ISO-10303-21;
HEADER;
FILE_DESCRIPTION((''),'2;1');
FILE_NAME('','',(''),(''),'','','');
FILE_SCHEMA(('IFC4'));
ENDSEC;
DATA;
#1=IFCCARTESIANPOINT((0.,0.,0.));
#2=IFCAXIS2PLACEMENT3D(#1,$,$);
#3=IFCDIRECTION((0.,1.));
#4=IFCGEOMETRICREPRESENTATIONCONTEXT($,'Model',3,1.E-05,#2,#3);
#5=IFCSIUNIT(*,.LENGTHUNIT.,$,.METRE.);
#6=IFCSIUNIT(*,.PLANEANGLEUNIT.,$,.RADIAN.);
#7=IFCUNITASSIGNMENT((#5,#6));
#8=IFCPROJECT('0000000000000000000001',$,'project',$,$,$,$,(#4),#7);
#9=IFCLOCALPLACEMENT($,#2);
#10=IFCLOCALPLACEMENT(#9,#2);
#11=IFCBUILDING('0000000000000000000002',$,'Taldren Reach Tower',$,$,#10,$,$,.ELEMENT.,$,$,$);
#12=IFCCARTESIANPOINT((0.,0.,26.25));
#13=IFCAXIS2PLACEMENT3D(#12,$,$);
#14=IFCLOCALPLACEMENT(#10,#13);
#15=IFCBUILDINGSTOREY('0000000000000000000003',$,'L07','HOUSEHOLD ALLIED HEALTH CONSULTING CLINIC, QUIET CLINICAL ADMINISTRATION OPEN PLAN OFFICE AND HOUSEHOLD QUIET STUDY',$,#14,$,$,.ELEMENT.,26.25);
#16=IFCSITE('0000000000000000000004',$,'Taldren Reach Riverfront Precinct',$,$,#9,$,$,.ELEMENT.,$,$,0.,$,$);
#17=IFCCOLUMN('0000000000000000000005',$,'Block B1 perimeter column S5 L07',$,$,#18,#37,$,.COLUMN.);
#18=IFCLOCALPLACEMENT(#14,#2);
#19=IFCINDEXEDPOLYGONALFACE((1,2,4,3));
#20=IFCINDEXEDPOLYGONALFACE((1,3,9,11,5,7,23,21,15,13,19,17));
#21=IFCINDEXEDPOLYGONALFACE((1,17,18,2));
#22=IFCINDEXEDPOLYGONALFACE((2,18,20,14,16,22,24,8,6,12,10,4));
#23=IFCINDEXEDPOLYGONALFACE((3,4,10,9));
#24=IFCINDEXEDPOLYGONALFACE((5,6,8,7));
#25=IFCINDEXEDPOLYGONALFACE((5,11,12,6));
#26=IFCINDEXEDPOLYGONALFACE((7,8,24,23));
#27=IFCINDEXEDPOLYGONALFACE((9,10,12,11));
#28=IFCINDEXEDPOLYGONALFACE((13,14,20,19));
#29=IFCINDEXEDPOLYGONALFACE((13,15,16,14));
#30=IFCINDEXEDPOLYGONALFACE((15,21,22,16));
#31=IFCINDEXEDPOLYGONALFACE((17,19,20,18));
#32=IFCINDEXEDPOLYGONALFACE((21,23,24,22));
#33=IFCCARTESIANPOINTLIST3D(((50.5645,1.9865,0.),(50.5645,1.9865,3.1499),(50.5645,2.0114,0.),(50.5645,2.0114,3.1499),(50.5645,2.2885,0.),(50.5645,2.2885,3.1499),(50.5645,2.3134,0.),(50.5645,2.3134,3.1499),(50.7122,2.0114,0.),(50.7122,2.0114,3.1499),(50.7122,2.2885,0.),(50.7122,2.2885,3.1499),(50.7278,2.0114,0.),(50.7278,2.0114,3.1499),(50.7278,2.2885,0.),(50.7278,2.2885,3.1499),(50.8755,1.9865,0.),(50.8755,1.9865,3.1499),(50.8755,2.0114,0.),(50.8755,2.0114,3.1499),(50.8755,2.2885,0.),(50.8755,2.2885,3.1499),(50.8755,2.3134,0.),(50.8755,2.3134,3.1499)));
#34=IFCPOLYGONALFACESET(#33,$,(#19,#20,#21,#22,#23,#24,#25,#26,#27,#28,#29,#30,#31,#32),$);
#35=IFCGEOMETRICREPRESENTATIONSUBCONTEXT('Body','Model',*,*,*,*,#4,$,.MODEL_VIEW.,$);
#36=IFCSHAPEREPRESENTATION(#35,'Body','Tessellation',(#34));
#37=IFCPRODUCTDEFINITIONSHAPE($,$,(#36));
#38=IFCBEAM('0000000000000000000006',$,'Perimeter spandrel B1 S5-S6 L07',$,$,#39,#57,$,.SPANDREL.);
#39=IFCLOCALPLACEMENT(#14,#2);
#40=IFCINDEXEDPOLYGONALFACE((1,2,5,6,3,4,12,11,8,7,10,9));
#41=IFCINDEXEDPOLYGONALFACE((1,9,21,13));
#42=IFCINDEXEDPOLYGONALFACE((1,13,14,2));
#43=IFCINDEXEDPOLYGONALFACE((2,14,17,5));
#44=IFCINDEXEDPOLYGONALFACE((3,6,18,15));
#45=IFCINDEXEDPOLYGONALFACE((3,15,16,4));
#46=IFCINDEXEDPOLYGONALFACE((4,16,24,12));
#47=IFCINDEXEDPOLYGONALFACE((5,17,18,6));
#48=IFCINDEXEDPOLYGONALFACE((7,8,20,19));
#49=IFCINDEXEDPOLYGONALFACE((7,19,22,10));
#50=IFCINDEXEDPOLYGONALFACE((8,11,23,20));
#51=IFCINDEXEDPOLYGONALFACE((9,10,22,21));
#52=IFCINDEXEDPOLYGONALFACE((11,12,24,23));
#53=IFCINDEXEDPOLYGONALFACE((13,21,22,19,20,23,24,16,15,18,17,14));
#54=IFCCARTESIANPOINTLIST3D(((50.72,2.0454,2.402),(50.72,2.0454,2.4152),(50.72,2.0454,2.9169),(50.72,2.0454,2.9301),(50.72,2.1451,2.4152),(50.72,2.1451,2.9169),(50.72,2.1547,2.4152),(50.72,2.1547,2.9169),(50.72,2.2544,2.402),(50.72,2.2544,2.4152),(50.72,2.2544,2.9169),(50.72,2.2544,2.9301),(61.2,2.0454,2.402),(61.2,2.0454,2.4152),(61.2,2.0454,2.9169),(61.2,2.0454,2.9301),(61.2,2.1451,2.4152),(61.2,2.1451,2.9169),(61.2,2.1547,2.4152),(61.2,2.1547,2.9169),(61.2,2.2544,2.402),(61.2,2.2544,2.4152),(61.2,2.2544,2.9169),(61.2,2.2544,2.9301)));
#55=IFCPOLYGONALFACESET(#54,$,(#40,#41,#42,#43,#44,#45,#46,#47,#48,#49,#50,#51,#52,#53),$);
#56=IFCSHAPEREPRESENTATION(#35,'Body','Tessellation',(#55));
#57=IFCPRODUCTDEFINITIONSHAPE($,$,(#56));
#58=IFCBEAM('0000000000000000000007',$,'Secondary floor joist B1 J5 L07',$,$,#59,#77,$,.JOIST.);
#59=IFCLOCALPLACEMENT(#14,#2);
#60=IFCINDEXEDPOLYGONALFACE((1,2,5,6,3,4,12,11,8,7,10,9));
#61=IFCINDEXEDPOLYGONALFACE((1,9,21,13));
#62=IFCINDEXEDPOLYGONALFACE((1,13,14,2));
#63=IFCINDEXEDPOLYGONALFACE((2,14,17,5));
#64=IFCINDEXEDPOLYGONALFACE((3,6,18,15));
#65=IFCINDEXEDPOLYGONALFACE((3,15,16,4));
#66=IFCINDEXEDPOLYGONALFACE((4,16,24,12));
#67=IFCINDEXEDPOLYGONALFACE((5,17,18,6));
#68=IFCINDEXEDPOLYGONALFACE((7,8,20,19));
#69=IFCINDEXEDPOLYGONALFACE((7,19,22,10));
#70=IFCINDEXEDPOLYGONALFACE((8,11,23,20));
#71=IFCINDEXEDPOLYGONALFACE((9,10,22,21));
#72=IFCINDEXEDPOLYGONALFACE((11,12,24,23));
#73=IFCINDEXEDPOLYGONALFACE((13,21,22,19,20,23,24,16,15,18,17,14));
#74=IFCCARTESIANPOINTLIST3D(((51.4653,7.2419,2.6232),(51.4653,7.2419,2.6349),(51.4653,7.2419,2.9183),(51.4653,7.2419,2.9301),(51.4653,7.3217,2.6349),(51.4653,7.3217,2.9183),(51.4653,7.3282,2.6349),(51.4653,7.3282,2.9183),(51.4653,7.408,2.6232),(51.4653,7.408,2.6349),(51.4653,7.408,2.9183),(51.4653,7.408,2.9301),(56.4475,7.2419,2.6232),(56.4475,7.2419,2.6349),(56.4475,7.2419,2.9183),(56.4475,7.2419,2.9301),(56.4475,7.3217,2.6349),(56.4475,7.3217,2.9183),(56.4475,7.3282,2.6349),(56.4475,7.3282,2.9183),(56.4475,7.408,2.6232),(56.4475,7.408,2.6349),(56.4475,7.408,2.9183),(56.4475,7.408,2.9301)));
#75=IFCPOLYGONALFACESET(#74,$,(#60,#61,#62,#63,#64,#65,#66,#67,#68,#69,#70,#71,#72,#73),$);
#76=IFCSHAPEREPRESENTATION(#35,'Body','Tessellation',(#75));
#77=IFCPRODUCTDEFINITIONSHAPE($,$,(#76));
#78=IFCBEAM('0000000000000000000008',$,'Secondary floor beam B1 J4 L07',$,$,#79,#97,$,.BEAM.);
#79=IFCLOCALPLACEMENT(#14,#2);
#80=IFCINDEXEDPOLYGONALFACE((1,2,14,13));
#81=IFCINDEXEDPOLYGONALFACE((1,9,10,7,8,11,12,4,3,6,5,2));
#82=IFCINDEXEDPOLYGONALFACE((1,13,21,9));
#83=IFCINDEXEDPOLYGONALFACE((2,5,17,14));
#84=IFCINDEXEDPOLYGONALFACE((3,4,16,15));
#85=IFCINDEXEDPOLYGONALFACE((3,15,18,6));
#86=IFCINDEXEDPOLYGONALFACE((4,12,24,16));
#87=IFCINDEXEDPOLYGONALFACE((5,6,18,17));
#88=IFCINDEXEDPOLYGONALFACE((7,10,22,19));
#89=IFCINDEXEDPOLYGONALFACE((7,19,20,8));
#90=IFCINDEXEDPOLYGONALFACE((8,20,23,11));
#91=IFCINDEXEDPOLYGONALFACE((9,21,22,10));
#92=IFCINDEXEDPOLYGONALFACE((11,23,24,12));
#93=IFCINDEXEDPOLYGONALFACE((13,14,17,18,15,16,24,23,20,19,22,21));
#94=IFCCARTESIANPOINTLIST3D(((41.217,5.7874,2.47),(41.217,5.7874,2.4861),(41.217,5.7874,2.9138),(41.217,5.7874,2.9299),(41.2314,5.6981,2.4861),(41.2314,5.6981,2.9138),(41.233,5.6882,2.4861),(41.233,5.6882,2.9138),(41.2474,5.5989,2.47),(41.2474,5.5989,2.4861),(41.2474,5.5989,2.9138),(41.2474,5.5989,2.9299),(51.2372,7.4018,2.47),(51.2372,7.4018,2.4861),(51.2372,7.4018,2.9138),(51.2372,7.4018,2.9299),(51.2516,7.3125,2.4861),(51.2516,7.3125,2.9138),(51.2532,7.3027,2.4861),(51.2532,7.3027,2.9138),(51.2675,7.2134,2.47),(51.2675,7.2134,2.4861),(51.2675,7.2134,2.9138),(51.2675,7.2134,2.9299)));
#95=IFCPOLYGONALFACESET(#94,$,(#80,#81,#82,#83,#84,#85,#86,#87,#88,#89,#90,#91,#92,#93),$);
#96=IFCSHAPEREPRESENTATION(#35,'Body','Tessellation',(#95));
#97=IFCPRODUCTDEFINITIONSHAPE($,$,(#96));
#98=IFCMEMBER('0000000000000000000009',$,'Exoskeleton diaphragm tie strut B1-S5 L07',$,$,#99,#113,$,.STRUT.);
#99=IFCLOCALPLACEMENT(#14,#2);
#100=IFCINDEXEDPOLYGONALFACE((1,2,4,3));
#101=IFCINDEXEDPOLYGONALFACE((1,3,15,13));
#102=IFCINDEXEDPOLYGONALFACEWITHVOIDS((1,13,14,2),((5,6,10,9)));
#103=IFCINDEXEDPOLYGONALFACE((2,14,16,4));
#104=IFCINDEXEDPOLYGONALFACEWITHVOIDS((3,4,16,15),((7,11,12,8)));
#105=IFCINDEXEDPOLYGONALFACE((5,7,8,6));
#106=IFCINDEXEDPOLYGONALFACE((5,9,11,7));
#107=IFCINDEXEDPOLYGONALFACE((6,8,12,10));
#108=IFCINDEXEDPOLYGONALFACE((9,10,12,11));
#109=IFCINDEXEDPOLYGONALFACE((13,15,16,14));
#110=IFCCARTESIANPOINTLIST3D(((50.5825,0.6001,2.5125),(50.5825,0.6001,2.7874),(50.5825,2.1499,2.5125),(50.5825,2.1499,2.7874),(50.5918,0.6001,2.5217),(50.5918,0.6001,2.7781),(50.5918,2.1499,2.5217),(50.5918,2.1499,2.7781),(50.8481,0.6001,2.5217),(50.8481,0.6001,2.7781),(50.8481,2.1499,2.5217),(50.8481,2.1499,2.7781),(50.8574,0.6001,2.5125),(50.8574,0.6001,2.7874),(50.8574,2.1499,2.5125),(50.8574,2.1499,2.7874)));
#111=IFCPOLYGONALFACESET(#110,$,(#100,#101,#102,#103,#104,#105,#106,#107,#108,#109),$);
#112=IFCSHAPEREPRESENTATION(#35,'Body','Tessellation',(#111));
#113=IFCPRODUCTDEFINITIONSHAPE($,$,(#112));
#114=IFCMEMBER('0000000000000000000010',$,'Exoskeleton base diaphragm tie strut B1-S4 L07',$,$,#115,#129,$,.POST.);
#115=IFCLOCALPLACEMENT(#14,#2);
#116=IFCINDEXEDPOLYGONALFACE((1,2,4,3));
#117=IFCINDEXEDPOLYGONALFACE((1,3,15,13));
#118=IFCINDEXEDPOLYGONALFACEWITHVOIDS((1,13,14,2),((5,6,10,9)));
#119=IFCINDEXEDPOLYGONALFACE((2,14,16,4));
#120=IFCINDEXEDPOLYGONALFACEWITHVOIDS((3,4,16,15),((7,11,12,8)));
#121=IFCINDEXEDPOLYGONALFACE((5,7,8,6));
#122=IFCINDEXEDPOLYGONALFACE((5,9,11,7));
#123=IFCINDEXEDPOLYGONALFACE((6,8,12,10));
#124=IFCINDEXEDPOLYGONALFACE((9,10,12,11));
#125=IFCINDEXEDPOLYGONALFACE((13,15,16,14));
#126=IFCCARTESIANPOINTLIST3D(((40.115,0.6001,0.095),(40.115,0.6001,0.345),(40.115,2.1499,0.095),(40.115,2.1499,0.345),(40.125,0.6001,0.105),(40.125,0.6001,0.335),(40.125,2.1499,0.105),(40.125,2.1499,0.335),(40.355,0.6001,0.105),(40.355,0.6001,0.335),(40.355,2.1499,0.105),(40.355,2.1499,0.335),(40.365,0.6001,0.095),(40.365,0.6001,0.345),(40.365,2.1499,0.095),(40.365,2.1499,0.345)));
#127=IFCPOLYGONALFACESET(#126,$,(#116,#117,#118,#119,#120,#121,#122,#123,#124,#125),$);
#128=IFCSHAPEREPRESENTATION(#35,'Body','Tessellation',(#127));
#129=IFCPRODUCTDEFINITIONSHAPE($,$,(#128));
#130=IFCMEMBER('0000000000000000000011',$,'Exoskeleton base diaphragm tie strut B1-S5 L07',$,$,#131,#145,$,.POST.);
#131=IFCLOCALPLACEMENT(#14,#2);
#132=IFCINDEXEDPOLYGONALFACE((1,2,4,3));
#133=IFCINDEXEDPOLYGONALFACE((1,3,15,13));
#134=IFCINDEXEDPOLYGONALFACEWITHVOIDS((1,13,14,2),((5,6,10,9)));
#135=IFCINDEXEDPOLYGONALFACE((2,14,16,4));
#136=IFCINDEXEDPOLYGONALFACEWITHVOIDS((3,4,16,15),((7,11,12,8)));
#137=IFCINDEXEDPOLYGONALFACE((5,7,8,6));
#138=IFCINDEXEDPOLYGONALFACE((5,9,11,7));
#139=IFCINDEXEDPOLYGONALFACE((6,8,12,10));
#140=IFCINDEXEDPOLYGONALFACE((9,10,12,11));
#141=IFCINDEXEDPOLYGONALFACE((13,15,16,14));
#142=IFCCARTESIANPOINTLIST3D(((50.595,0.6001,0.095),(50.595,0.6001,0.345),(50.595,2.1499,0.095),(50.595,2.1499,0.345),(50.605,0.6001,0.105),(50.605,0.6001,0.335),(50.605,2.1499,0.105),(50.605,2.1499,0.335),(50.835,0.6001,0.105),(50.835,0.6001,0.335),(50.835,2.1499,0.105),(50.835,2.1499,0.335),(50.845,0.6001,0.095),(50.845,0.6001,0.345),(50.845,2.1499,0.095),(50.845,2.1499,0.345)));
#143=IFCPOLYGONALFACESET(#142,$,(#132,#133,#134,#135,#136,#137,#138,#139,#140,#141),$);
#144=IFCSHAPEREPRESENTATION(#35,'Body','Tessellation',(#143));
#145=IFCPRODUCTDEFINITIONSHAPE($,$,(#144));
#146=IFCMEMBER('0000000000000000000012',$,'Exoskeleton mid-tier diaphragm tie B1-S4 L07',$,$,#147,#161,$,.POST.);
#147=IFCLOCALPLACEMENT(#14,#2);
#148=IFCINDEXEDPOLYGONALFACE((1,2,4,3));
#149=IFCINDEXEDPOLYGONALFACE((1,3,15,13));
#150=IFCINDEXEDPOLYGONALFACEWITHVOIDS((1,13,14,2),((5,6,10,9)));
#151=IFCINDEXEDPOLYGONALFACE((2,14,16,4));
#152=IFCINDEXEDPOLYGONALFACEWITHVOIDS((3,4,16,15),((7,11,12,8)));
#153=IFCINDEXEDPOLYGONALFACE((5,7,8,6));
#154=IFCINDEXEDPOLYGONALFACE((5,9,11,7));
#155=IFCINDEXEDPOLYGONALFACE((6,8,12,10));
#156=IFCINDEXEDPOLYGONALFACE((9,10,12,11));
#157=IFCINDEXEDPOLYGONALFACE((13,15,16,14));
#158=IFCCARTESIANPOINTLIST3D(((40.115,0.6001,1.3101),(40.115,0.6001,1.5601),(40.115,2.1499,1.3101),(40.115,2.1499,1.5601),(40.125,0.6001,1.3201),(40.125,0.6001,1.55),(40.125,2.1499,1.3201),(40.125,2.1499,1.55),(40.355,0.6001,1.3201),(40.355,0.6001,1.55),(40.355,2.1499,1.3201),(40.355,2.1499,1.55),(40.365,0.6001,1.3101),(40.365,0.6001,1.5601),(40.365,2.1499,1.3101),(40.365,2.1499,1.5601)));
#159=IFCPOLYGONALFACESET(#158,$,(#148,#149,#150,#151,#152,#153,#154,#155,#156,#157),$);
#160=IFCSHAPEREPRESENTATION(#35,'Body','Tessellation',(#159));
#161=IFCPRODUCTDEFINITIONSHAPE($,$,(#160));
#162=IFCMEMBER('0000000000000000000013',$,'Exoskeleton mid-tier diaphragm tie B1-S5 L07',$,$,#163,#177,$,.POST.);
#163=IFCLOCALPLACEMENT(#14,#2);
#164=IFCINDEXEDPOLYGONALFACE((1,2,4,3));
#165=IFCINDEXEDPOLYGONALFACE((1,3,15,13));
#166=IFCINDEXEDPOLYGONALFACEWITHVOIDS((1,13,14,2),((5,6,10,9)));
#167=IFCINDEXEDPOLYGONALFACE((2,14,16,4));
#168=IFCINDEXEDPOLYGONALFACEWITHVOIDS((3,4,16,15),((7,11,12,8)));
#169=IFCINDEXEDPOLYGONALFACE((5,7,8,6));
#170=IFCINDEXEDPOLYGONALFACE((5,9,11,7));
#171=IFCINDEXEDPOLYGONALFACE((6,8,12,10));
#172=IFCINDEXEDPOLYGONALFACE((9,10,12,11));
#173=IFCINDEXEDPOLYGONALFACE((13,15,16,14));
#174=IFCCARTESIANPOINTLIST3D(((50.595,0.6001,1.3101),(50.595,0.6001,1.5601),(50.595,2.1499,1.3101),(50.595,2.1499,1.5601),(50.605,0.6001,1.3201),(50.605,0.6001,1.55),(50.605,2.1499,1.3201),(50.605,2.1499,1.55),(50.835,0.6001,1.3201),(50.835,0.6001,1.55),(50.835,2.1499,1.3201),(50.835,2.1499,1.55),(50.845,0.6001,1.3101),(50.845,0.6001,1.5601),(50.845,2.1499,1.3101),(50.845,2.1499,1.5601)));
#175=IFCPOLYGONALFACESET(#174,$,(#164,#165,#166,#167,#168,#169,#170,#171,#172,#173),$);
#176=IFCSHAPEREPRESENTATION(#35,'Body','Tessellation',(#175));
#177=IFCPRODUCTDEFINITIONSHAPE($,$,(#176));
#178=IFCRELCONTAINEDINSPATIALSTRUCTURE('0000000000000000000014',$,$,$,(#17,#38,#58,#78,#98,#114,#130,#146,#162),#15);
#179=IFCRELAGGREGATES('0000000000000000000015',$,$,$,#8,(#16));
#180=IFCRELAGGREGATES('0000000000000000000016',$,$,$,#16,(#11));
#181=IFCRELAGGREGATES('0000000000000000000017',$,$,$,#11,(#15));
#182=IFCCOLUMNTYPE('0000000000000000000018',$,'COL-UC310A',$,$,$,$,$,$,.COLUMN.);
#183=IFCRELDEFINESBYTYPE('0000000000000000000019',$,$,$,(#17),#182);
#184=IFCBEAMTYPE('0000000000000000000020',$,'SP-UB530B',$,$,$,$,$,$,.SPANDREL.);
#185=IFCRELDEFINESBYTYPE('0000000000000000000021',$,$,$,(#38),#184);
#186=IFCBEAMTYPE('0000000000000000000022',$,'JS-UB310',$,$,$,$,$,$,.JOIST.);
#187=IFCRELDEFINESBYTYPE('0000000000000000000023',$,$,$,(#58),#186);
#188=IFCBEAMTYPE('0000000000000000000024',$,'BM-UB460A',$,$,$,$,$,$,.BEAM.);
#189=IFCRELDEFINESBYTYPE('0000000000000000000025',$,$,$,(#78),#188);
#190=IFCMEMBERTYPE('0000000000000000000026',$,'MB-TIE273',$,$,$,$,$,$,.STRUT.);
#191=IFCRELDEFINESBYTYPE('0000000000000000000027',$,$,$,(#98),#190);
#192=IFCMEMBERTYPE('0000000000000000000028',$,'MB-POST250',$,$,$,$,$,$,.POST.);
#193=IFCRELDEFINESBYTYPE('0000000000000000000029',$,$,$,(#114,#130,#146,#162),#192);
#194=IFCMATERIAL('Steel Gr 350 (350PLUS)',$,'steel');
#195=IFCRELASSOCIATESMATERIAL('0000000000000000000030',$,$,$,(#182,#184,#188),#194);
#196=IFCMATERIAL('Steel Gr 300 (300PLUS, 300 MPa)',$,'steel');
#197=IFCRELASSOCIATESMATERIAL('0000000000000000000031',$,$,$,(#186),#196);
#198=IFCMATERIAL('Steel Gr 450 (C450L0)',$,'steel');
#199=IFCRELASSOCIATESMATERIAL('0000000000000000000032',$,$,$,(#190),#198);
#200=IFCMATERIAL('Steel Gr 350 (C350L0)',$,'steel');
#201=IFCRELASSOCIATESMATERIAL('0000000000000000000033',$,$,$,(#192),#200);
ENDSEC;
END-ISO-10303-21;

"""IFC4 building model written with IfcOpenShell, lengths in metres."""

from ifc_helpers import new_model, si_unit, direction, frame, origin, origin_2d, place, context, subcontext, project, spatial, hollow_rectangle, i_section, extrude, source, transform, mapped, material, material_profile, profile_set, type_object, element, save


model = new_model("IFC4")

# Units and contexts
model_context = context("Model", 3, precision=1e-05, world=origin(), true_north=direction((0.0, 1.0)))
body_context = subcontext(model_context, "Body", "Model", "MODEL_VIEW")
ifc_project = project(units=[si_unit("LENGTHUNIT", "METRE"), si_unit("PLANEANGLEUNIT", "RADIAN")], contexts=[model_context])

# Site, building, storey
site_placement = place(None, origin())
site = spatial("IfcSite", under=ifc_project, at=site_placement, Name="Taldren Reach Riverfront Precinct", CompositionType="ELEMENT", RefElevation=0.0)
building_placement = place(site_placement, origin())
building = spatial("IfcBuilding", under=site, at=building_placement, Name="Taldren Reach Tower", CompositionType="ELEMENT")
storey_placement = place(building_placement, frame((0.0, 0.0, 26.25)))
storey = spatial("IfcBuildingStorey", under=building, at=storey_placement, Name="L07", Description="HOUSEHOLD ALLIED HEALTH CONSULTING CLINIC, QUIET CLINICAL ADMINISTRATION OPEN PLAN OFFICE AND HOUSEHOLD QUIET STUDY", CompositionType="ELEMENT", Elevation=26.25)

# Column
ifc_material_1 = material(Name="Steel Gr 350 (350PLUS)", Category="steel")
ifc_material_profile_1 = material_profile(ifc_material_1, i_section(OverallWidth=0.311, OverallDepth=0.3269, WebThickness=0.0156, FlangeThickness=0.0249, at=origin_2d()), Name="310UC158")
ifc_profile_set_1 = profile_set([ifc_material_profile_1], Name="Steel Gr 350 (350PLUS)")
column_type = type_object("IfcColumnType", Name="COL-UC310A", PredefinedType="COLUMN", material=ifc_profile_set_1)
shared_shape_1 = source(origin(), body_context, "Body", "SweptSolid", [
    extrude(i_section(OverallWidth=0.311, OverallDepth=0.3269, WebThickness=0.0156, FlangeThickness=0.0249, at=origin_2d()), origin(), (0.0, 0.0, 1.0), 3.1499),
])
column_placement = place(storey_placement, frame((50.72, 2.1499, 0.0), z_axis=(0.0, 0.0, 1.0), x_axis=(1.0, 0.0, 0.0)))
element("IfcColumn", 1, at=column_placement, inside=storey, type_object=column_type, Name="Block B1 perimeter column S5 L07", PredefinedType="COLUMN", context=body_context, shape_type="MappedRepresentation", body=[
    mapped(shared_shape_1, transform((0.0, 0.0, 0.0), scale=1.0)),
])

# Beams
ifc_material_profile_2 = material_profile(ifc_material_1, i_section(OverallWidth=0.209, OverallDepth=0.5281, WebThickness=0.0095, FlangeThickness=0.0132, at=origin_2d()), Name="530UB82.0")
ifc_profile_set_2 = profile_set([ifc_material_profile_2], Name="Steel Gr 350 (350PLUS)")
beam_type_1 = type_object("IfcBeamType", Name="SP-UB530B", PredefinedType="SPANDREL", material=ifc_profile_set_2)
shared_shape_2 = source(origin(), body_context, "Body", "SweptSolid", [
    extrude(i_section(OverallWidth=0.209, OverallDepth=0.5281, WebThickness=0.0095, FlangeThickness=0.0132, at=origin_2d()), origin(), (0.0, 0.0, 1.0), 10.48),
])
beam_1_placement = place(storey_placement, frame((50.72, 2.1499, 2.666), z_axis=(1.0, 0.0, 0.0), x_axis=(0.0, 1.0, 0.0)))
element("IfcBeam", 2, at=beam_1_placement, inside=storey, type_object=beam_type_1, Name="Perimeter spandrel B1 S5-S6 L07", PredefinedType="SPANDREL", context=body_context, shape_type="MappedRepresentation", body=[
    mapped(shared_shape_2, transform((0.0, 0.0, 0.0), scale=1.0)),
])
ifc_material_2 = material(Name="Steel Gr 300 (300PLUS, 300 MPa)", Category="steel")
ifc_material_profile_3 = material_profile(ifc_material_2, i_section(OverallWidth=0.166, OverallDepth=0.3069, WebThickness=0.0066, FlangeThickness=0.0117, at=origin_2d()), Name="310UB46.2")
ifc_profile_set_3 = profile_set([ifc_material_profile_3], Name="Steel Gr 300 (300PLUS, 300 MPa)")
beam_type_2 = type_object("IfcBeamType", Name="JS-UB310", PredefinedType="JOIST", material=ifc_profile_set_3)
shared_shape_3 = source(origin(), body_context, "Body", "SweptSolid", [
    extrude(i_section(OverallWidth=0.166, OverallDepth=0.3069, WebThickness=0.0066, FlangeThickness=0.0117, at=origin_2d()), origin(), (0.0, 0.0, 1.0), 4.9822),
])
beam_2_placement = place(storey_placement, frame((51.4653, 7.325, 2.7766), z_axis=(1.0, 0.0, 0.0), x_axis=(0.0, 1.0, 0.0)))
element("IfcBeam", 3, at=beam_2_placement, inside=storey, type_object=beam_type_2, Name="Secondary floor joist B1 J5 L07", PredefinedType="JOIST", context=body_context, shape_type="MappedRepresentation", body=[
    mapped(shared_shape_3, transform((0.0, 0.0, 0.0), scale=1.0)),
])
ifc_material_profile_4 = material_profile(ifc_material_1, i_section(OverallWidth=0.1909, OverallDepth=0.46, WebThickness=0.01, FlangeThickness=0.0161, at=origin_2d()), Name="460UB82.1")
ifc_profile_set_4 = profile_set([ifc_material_profile_4], Name="Steel Gr 350 (350PLUS)")
beam_type_3 = type_object("IfcBeamType", Name="BM-UB460A", PredefinedType="BEAM", material=ifc_profile_set_4)
shared_shape_4 = source(origin(), body_context, "Body", "SweptSolid", [
    extrude(i_section(OverallWidth=0.1909, OverallDepth=0.46, WebThickness=0.01, FlangeThickness=0.0161, at=origin_2d()), origin(), (0.0, 0.0, 1.0), 10.1494),
])
beam_3_placement = place(storey_placement, frame((41.2322, 5.6931, 2.7), z_axis=(0.987267, 0.159072, 0.0), x_axis=(-0.159072, 0.987267, 0.0)))
element("IfcBeam", 4, at=beam_3_placement, inside=storey, type_object=beam_type_3, Name="Secondary floor beam B1 J4 L07", PredefinedType="BEAM", context=body_context, shape_type="MappedRepresentation", body=[
    mapped(shared_shape_4, transform((0.0, 0.0, 0.0), scale=1.0)),
])

# Members
ifc_material_3 = material(Name="Steel Gr 450 (C450L0)", Category="steel")
ifc_material_profile_5 = material_profile(ifc_material_3, hollow_rectangle(XDim=0.2749, YDim=0.2749, WallThickness=0.0093, at=origin_2d()), Name="275x275x9.3SHS")
ifc_profile_set_5 = profile_set([ifc_material_profile_5], Name="Steel Gr 450 (C450L0)")
member_type_1 = type_object("IfcMemberType", Name="MB-TIE273", PredefinedType="STRUT", material=ifc_profile_set_5)
shared_shape_5 = source(origin(), body_context, "Body", "SweptSolid", [
    extrude(hollow_rectangle(XDim=0.2749, YDim=0.2749, WallThickness=0.0093, at=origin_2d()), origin(), (0.0, 0.0, 1.0), 1.5498),
])
member_placement = place(storey_placement, frame((50.72, 2.1499, 2.6499), z_axis=(0.0, -1.0, 0.0), x_axis=(1.0, 0.0, 0.0)))
element("IfcMember", 5, at=member_placement, inside=storey, type_object=member_type_1, Name="Exoskeleton diaphragm tie strut B1-S5 L07", PredefinedType="STRUT", context=body_context, shape_type="MappedRepresentation", body=[
    mapped(shared_shape_5, transform((0.0, 0.0, 0.0), scale=1.0)),
])
ifc_material_4 = material(Name="Steel Gr 350 (C350L0)", Category="steel")
ifc_material_profile_6 = material_profile(ifc_material_4, hollow_rectangle(XDim=0.25, YDim=0.25, WallThickness=0.01, at=origin_2d()), Name="250x250x10.0SHS")
ifc_profile_set_6 = profile_set([ifc_material_profile_6], Name="Steel Gr 350 (C350L0)")
member_type_2 = type_object("IfcMemberType", Name="MB-POST250", PredefinedType="POST", material=ifc_profile_set_6)
shared_shape_6 = source(origin(), body_context, "Body", "SweptSolid", [
    extrude(hollow_rectangle(XDim=0.25, YDim=0.25, WallThickness=0.01, at=origin_2d()), origin(), (0.0, 0.0, 1.0), 1.5498),
])
for number, where, z_axis, x_axis, name in (
    (6, (40.24, 2.1499, 0.22), (0.0, -1.0, 0.0), (1.0, 0.0, 0.0), "Exoskeleton base diaphragm tie strut B1-S4 L07"),
    (7, (50.72, 2.1499, 0.22), (0.0, -1.0, 0.0), (1.0, 0.0, 0.0), "Exoskeleton base diaphragm tie strut B1-S5 L07"),
    (8, (40.24, 2.1499, 1.4351), (0.0, -1.0, 0.0), (1.0, 0.0, 0.0), "Exoskeleton mid-tier diaphragm tie B1-S4 L07"),
    (9, (50.72, 2.1499, 1.4351), (0.0, -1.0, 0.0), (1.0, 0.0, 0.0), "Exoskeleton mid-tier diaphragm tie B1-S5 L07"),
):
    element("IfcMember", number, at=place(storey_placement, frame(where, z_axis=z_axis, x_axis=x_axis)), inside=storey, type_object=member_type_2, Name=name, PredefinedType="POST", context=body_context, shape_type="MappedRepresentation", body=[
        mapped(shared_shape_6, transform((0.0, 0.0, 0.0), scale=1.0)),
    ])

save(model, "model.ifc")
